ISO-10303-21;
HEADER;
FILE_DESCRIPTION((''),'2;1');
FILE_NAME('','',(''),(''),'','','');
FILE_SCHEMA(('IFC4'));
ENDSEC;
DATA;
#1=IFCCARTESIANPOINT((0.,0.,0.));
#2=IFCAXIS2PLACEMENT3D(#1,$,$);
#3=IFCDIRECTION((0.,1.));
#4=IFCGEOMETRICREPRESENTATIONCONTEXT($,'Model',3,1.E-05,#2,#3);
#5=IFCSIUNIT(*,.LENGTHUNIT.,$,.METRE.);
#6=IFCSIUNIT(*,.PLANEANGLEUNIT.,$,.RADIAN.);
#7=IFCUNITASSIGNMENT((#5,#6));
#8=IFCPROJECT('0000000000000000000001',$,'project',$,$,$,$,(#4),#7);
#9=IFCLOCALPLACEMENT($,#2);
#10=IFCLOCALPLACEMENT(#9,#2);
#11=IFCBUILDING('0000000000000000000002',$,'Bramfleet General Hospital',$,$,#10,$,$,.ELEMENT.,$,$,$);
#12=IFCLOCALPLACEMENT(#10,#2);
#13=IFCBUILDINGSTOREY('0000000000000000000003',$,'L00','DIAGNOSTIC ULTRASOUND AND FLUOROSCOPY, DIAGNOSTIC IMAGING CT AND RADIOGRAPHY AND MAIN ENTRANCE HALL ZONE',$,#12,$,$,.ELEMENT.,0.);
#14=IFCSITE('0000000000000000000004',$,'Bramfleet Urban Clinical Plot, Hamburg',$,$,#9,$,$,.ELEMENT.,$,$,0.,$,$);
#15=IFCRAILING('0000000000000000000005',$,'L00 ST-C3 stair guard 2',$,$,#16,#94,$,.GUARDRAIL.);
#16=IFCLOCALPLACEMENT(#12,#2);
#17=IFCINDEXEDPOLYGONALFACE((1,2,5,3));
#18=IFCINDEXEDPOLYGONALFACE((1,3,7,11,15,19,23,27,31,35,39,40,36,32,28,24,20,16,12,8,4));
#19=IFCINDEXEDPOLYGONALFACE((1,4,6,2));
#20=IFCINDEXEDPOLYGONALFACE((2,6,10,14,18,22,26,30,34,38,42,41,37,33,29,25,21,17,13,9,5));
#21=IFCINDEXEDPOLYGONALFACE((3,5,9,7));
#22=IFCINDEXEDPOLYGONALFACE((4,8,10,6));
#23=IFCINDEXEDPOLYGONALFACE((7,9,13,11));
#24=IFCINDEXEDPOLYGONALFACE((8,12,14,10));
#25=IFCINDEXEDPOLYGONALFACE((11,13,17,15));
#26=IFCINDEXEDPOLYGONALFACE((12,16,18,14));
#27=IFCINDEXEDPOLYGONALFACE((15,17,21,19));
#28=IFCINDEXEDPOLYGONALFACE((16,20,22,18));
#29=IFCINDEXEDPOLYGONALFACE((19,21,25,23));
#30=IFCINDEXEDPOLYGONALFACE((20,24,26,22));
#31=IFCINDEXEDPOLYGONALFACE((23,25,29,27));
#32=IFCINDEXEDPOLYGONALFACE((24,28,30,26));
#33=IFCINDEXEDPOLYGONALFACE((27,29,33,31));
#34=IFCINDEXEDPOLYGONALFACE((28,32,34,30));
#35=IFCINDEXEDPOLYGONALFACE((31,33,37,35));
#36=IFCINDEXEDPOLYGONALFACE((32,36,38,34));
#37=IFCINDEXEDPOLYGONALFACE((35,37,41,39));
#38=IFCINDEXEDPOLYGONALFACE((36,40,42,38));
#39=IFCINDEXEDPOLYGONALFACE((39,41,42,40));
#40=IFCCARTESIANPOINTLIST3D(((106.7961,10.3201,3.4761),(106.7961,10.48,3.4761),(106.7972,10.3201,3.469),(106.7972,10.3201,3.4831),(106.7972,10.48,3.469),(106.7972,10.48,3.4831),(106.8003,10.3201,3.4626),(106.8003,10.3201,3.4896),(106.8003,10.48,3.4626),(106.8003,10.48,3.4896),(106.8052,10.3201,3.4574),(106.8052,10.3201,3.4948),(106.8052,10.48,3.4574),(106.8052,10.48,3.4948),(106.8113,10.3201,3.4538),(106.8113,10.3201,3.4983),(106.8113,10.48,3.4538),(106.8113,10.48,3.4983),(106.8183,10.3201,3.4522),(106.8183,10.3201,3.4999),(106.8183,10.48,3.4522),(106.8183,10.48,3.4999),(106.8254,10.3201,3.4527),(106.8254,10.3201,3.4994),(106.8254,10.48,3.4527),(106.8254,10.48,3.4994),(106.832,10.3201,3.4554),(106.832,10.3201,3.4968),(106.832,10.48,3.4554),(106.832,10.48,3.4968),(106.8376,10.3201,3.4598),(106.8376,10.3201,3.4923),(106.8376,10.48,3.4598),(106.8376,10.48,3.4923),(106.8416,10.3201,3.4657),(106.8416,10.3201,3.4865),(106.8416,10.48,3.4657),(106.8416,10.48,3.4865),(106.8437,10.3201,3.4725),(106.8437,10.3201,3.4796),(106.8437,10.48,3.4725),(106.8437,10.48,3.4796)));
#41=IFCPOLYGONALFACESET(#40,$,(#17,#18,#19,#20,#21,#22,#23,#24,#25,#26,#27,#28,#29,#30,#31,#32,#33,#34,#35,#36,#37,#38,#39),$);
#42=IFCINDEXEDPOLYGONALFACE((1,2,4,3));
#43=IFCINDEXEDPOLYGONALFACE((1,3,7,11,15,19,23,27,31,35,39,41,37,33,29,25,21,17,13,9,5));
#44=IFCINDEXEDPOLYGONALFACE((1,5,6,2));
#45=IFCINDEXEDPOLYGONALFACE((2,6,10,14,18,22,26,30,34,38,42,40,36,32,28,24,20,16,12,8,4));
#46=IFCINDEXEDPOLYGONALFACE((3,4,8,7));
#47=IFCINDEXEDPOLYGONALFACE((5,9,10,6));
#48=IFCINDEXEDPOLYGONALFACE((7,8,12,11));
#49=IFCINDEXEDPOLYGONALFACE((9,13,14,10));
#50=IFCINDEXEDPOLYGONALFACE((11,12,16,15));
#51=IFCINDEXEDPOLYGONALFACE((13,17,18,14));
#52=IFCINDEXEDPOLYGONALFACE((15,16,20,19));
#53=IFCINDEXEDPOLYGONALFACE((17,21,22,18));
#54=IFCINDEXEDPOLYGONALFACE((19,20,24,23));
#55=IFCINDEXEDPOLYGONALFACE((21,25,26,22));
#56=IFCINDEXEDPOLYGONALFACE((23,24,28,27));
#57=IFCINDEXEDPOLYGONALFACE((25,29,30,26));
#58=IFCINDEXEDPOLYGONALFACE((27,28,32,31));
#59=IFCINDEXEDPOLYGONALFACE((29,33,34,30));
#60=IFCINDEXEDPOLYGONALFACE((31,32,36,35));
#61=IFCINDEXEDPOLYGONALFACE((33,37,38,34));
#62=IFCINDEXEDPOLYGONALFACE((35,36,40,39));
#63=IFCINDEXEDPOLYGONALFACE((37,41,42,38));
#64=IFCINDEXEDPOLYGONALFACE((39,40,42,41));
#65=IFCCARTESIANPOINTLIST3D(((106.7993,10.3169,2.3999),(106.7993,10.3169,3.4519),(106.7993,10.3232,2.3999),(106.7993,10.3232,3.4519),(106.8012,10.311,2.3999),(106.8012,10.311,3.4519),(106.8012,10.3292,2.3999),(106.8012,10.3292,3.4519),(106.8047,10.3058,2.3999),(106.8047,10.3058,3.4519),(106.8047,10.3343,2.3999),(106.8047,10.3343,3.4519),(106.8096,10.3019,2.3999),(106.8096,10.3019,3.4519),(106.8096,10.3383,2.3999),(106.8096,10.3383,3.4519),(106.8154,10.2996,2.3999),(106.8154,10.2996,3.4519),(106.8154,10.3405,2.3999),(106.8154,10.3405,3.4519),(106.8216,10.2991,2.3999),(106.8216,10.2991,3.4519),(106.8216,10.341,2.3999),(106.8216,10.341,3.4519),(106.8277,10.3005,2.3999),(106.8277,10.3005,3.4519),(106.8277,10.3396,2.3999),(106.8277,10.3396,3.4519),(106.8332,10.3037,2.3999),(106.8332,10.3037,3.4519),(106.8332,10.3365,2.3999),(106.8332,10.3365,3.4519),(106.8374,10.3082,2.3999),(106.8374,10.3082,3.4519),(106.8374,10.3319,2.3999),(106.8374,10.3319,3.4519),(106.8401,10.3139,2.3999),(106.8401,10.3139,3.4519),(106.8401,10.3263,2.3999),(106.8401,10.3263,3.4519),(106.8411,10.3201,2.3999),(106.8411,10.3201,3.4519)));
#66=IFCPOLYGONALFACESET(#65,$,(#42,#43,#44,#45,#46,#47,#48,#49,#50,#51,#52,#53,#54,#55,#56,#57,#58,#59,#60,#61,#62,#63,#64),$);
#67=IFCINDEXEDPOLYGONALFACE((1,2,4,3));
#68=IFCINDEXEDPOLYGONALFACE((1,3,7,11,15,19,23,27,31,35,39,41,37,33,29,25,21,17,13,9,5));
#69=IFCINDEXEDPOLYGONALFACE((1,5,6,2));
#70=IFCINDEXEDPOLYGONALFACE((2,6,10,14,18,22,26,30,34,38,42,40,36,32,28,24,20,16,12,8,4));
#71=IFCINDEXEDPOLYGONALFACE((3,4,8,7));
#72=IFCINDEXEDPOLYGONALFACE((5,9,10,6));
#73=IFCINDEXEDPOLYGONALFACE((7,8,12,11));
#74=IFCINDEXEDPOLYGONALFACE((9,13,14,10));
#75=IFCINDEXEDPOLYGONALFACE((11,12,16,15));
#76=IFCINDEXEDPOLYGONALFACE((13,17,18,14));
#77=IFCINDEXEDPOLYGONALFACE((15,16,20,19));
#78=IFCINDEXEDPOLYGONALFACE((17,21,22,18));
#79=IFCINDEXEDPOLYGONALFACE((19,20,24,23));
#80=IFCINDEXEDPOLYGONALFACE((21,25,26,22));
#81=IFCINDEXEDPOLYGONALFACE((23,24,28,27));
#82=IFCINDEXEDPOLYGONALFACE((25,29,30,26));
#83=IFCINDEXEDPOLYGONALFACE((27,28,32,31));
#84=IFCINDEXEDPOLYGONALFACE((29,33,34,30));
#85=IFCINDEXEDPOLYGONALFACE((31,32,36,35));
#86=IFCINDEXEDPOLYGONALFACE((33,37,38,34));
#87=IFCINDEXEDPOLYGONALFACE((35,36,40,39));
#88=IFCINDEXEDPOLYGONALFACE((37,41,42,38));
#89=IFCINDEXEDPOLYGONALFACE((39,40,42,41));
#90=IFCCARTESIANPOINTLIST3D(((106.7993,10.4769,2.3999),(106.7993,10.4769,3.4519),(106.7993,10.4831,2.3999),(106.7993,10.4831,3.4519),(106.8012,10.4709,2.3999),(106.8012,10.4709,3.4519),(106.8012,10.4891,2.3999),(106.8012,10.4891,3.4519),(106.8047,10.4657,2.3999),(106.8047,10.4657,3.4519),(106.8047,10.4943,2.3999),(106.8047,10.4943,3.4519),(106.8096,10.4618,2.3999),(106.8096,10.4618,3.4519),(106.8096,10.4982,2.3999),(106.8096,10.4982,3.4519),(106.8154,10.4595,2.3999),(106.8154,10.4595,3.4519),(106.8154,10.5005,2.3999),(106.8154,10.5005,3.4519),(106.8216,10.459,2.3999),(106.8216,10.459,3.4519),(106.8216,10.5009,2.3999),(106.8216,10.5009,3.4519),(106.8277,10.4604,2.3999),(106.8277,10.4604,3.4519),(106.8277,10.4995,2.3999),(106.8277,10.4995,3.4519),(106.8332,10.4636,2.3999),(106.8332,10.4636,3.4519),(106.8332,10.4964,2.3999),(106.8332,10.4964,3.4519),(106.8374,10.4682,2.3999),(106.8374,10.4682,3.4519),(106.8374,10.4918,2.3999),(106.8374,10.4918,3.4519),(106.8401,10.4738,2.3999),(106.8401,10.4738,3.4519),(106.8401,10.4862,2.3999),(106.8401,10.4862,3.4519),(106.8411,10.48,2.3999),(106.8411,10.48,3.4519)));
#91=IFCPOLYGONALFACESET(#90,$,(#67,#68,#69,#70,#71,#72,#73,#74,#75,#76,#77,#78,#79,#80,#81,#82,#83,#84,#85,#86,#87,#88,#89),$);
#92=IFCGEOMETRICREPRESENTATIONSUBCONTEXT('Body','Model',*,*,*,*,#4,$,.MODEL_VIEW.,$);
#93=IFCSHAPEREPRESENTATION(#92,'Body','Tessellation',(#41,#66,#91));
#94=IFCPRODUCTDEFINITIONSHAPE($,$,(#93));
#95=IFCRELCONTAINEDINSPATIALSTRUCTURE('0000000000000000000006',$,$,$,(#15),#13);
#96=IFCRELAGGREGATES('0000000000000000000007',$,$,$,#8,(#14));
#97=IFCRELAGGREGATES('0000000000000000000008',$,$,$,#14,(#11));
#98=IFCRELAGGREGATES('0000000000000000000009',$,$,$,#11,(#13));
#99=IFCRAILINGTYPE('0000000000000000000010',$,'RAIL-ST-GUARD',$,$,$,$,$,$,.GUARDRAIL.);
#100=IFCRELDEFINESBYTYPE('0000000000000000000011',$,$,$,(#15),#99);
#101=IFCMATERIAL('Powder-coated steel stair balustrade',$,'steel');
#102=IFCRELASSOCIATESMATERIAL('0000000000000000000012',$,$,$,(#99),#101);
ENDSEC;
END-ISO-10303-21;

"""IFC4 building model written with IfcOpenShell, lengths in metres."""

from ifc_helpers import new_model, si_unit, direction, frame, origin, origin_2d, place, context, subcontext, project, spatial, circle, extrude, material, type_object, element, save


model = new_model("IFC4")

# Units and contexts
model_context = context("Model", 3, precision=1e-05, world=origin(), true_north=direction((0.0, 1.0)))
body_context = subcontext(model_context, "Body", "Model", "MODEL_VIEW")
ifc_project = project(units=[si_unit("LENGTHUNIT", "METRE"), si_unit("PLANEANGLEUNIT", "RADIAN")], contexts=[model_context])

# Site, building, storey
site_placement = place(None, origin())
site = spatial("IfcSite", under=ifc_project, at=site_placement, Name="Bramfleet Urban Clinical Plot, Hamburg", CompositionType="ELEMENT", RefElevation=0.0)
building_placement = place(site_placement, origin())
building = spatial("IfcBuilding", under=site, at=building_placement, Name="Bramfleet General Hospital", CompositionType="ELEMENT")
storey_placement = place(building_placement, origin())
storey = spatial("IfcBuildingStorey", under=building, at=storey_placement, Name="L00", Description="DIAGNOSTIC ULTRASOUND AND FLUOROSCOPY, DIAGNOSTIC IMAGING CT AND RADIOGRAPHY AND MAIN ENTRANCE HALL ZONE", CompositionType="ELEMENT", Elevation=0.0)

# Railing
ifc_material_1 = material(Name="Powder-coated steel stair balustrade", Category="steel")
railing_type_1 = type_object("IfcRailingType", Name="RAIL-ST-GUARD", PredefinedType="GUARDRAIL", material=ifc_material_1)
railing_1_placement = place(storey_placement, frame((106.8201, 10.3201, 2.3999)))
element("IfcRailing", 1, at=railing_1_placement, inside=storey, type_object=railing_type_1, Name="L00 ST-C3 stair guard 2", PredefinedType="GUARDRAIL", context=body_context, shape_type="SweptSolid", body=[
    extrude(circle(Radius=0.0239, at=origin_2d()), frame((0.0, 0.0, 1.0762), z_axis=(0.0, 1.0, 0.0), x_axis=(-1.0, 0.0, 0.0)), (0.0, 0.0, 1.0), 0.1599),
    extrude(circle(Radius=0.021, at=origin_2d()), origin(), (0.0, 0.0, 1.0), 1.052),
    extrude(circle(Radius=0.021, at=origin_2d()), frame((0.0, 0.1599, 0.0)), (0.0, 0.0, 1.0), 1.052),
])

save(model, "model.ifc")
